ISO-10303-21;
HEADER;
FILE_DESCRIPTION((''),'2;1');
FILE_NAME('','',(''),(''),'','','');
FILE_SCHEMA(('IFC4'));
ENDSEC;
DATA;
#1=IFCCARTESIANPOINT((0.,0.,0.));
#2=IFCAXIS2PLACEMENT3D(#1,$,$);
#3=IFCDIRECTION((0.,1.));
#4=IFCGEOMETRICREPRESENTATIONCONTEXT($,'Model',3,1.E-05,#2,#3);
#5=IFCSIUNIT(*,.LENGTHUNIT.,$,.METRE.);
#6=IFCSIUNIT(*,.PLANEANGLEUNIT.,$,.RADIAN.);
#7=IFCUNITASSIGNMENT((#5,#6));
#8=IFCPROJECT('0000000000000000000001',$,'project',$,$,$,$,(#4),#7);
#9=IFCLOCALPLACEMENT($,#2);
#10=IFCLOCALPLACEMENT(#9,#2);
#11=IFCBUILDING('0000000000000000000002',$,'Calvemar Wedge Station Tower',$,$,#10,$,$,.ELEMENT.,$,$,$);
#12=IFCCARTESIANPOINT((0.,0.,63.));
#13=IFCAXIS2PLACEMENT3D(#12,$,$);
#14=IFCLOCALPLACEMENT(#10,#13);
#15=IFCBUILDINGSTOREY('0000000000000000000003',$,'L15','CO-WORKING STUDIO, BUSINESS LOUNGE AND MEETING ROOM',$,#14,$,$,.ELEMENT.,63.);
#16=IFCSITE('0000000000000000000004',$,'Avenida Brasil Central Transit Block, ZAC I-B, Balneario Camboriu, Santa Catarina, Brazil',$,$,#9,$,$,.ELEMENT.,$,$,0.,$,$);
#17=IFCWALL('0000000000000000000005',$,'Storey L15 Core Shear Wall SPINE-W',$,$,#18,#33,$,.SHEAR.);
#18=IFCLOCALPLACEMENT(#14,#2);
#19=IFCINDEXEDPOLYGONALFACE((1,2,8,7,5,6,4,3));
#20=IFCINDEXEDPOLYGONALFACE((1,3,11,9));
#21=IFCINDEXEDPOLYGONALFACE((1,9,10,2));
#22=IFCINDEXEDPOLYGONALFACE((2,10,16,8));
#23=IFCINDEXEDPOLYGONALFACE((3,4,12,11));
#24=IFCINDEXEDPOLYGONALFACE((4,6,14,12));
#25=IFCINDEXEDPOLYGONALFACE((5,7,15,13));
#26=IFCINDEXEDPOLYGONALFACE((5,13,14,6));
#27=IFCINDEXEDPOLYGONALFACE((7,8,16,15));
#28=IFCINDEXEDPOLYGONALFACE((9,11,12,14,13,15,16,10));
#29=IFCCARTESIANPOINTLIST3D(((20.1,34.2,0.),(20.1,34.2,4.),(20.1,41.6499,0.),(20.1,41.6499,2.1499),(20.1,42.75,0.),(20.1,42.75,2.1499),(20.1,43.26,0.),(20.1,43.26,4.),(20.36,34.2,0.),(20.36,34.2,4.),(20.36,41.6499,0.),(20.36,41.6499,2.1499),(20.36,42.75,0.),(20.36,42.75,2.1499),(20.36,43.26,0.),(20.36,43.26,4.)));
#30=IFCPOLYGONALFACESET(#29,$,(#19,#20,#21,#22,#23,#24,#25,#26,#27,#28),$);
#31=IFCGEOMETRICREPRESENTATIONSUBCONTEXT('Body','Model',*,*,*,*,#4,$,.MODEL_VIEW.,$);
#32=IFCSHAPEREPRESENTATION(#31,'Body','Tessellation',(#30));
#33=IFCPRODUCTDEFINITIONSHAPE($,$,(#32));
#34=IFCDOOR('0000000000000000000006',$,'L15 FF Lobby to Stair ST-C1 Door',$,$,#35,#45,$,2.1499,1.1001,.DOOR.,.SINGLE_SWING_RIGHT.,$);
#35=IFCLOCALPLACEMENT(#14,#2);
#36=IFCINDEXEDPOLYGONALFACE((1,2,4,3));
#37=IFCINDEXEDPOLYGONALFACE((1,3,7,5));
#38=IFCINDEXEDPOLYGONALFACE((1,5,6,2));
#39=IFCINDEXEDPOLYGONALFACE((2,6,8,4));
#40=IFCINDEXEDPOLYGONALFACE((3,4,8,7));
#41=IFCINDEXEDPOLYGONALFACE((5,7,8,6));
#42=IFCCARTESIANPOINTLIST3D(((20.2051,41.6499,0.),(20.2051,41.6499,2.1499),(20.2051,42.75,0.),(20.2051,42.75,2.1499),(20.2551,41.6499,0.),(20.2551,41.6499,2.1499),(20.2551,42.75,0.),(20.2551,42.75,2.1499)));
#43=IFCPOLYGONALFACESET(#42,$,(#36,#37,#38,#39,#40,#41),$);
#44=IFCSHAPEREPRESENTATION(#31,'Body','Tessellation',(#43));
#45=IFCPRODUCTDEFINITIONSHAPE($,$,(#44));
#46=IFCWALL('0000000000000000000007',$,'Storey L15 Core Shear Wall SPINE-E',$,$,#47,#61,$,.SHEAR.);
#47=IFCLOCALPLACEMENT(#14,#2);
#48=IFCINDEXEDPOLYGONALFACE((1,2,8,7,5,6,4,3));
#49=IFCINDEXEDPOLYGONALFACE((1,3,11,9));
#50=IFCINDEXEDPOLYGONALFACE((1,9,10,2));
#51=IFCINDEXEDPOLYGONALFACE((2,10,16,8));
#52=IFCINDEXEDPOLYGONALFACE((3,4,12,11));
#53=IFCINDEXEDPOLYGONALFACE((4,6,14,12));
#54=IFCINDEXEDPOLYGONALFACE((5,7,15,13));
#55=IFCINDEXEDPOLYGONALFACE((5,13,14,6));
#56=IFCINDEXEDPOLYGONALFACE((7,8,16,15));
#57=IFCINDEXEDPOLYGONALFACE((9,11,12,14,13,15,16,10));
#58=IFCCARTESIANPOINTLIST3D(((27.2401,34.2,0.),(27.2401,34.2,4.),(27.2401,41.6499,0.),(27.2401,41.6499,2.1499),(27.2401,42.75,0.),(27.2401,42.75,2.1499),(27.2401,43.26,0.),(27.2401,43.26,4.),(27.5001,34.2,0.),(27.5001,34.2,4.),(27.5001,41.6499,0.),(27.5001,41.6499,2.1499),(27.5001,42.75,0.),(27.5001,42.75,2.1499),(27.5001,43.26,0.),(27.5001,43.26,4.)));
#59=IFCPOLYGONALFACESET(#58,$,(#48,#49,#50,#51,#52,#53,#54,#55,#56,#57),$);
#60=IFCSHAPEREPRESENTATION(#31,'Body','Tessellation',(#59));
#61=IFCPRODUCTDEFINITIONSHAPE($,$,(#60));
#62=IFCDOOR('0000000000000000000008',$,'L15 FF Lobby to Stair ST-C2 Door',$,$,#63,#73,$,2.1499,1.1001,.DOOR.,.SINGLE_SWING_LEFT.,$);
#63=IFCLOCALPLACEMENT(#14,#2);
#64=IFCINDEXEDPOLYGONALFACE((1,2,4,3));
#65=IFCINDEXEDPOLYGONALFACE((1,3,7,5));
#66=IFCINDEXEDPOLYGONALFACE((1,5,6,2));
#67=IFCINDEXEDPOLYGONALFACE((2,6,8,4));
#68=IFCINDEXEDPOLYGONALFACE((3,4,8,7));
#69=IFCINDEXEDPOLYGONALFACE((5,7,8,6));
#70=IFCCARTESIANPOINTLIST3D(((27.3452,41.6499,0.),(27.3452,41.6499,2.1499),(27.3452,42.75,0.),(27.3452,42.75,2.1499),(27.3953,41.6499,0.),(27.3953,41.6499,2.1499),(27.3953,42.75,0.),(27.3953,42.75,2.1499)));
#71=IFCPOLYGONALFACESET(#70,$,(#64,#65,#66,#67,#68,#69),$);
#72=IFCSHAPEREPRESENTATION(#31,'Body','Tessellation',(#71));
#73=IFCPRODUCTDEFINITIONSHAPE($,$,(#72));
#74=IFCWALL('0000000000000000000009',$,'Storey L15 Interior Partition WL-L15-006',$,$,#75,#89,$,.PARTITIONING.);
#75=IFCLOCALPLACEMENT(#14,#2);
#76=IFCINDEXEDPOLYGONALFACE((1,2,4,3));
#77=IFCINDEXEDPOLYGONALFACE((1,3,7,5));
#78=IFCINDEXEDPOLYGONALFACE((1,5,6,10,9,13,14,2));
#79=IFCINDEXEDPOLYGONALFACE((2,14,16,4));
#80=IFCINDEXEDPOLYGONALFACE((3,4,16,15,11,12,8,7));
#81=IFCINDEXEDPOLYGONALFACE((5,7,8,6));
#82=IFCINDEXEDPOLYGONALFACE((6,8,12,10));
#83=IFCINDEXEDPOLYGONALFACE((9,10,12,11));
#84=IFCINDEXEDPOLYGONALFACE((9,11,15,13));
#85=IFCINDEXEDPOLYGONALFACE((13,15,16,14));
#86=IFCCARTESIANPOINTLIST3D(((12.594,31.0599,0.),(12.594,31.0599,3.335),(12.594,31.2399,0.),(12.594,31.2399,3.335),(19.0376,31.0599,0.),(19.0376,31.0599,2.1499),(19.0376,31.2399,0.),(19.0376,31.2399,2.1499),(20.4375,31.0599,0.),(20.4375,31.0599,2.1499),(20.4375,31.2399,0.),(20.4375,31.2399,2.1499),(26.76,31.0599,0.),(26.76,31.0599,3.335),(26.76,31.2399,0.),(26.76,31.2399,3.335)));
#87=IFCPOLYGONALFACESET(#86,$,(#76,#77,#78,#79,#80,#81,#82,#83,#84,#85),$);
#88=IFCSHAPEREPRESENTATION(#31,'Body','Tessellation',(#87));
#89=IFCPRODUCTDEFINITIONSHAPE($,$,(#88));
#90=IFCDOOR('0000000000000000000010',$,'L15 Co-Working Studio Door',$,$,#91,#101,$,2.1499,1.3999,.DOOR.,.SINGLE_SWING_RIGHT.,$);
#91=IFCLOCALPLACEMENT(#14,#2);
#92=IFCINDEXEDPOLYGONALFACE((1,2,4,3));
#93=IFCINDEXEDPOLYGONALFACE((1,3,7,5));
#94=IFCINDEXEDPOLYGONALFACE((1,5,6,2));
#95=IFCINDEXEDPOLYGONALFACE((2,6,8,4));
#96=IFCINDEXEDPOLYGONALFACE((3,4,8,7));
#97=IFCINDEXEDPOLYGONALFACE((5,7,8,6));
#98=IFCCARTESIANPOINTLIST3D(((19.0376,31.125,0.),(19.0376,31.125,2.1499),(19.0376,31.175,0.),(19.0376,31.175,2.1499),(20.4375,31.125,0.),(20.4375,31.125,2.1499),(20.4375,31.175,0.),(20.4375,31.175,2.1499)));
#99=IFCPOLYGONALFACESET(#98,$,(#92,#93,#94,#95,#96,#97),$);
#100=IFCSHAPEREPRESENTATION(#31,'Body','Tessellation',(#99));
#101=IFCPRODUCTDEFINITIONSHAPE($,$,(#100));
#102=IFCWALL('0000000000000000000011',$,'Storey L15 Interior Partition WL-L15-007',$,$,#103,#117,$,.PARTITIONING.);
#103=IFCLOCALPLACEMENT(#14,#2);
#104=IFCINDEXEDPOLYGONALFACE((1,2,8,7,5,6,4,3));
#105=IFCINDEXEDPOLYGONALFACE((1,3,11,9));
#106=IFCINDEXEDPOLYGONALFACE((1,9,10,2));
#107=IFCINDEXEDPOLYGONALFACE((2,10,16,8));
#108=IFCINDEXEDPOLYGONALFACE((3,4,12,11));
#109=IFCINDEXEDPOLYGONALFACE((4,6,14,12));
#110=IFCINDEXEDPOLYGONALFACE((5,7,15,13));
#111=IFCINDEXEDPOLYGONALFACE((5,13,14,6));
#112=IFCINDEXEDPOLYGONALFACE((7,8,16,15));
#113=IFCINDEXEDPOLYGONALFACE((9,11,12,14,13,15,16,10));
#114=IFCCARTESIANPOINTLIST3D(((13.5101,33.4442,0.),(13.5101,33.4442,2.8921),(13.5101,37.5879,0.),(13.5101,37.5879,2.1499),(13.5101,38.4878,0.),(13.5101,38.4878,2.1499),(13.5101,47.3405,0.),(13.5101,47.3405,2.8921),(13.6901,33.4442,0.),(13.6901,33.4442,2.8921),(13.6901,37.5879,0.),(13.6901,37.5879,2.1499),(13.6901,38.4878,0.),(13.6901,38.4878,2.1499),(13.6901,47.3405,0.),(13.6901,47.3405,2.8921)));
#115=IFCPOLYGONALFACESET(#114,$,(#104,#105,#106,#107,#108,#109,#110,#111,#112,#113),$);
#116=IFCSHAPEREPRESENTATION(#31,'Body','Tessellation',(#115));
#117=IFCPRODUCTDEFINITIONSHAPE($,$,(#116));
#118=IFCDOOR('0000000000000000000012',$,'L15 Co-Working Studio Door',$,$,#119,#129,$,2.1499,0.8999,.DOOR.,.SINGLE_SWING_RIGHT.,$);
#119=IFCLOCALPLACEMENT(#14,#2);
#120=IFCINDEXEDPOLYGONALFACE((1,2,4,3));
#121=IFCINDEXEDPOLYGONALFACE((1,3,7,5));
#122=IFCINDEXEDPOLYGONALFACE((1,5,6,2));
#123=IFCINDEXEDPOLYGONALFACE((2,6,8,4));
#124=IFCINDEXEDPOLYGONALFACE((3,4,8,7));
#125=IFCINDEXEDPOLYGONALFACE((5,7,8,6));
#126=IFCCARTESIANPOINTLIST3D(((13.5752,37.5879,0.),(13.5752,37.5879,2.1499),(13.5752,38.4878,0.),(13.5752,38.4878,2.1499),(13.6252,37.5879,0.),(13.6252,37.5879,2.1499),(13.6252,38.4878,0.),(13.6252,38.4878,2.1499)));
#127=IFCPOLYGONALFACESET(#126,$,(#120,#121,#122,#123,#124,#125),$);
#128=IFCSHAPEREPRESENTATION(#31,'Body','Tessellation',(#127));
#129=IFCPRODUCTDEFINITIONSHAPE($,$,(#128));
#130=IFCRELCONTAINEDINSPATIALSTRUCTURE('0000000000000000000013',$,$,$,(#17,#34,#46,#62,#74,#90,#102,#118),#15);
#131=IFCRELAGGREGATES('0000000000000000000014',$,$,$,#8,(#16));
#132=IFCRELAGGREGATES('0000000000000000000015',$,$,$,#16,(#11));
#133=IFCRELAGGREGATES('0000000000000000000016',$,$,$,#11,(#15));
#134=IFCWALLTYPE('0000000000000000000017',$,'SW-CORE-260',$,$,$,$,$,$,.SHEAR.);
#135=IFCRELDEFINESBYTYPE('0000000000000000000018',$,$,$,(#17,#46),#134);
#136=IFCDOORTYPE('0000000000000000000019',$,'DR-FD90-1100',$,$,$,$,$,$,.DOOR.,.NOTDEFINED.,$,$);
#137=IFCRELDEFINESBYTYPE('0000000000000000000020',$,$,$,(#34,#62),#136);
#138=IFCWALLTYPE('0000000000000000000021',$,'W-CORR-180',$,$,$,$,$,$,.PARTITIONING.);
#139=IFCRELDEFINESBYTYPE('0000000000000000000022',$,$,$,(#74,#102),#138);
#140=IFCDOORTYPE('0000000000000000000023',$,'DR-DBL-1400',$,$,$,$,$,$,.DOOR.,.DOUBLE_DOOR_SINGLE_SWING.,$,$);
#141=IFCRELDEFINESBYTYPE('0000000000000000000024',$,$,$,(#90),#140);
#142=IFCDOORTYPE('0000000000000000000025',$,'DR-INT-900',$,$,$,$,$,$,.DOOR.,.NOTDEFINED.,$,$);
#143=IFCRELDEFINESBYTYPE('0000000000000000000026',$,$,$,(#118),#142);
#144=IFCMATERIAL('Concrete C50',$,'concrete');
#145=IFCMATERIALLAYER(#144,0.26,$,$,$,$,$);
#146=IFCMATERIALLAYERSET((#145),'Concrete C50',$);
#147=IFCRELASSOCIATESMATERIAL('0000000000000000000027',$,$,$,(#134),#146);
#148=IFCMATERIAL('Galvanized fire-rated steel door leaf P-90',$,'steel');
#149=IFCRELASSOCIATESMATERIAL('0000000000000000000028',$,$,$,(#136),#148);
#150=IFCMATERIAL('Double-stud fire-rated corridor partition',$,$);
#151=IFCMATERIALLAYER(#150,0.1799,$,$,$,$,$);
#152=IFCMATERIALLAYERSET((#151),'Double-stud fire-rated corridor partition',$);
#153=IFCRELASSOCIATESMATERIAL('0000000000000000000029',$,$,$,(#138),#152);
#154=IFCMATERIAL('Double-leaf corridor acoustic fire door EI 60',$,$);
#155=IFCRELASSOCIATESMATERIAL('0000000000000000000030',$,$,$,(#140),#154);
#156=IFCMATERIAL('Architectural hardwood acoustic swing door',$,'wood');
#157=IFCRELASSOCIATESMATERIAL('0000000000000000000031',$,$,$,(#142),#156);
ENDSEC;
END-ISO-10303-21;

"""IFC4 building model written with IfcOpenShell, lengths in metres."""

from ifc_helpers import new_model, si_unit, direction, frame, frame_2d, origin, place, context, subcontext, project, spatial, rectangle, extrude, source, transform, mapped, material, layer, layer_set, type_object, element, fill, save


model = new_model("IFC4")

# Units and contexts
model_context = context("Model", 3, precision=1e-05, world=origin(), true_north=direction((0.0, 1.0)))
body_context = subcontext(model_context, "Body", "Model", "MODEL_VIEW")
ifc_project = project(units=[si_unit("LENGTHUNIT", "METRE"), si_unit("PLANEANGLEUNIT", "RADIAN")], contexts=[model_context])

# Site, building, storey
site_placement = place(None, origin())
site = spatial("IfcSite", under=ifc_project, at=site_placement, Name="Avenida Brasil Central Transit Block, ZAC I-B, Balneario Camboriu, Santa Catarina, Brazil", CompositionType="ELEMENT", RefElevation=0.0)
building_placement = place(site_placement, origin())
building = spatial("IfcBuilding", under=site, at=building_placement, Name="Calvemar Wedge Station Tower", CompositionType="ELEMENT")
storey_placement = place(building_placement, frame((0.0, 0.0, 63.0)))
storey = spatial("IfcBuildingStorey", under=building, at=storey_placement, Name="L15", Description="CO-WORKING STUDIO, BUSINESS LOUNGE AND MEETING ROOM", CompositionType="ELEMENT", Elevation=63.0)

# Walls, openings, doors
ifc_material_1 = material(Name="Concrete C50", Category="concrete")
ifc_layer_1 = layer(ifc_material_1, 0.26)
ifc_layer_set_1 = layer_set([ifc_layer_1], Name="Concrete C50")
wall_type_1 = type_object("IfcWallType", Name="SW-CORE-260", PredefinedType="SHEAR", material=ifc_layer_set_1)
wall_1_placement = place(storey_placement, frame((20.23, 34.2, 0.0), z_axis=(0.0, 0.0, 1.0), x_axis=(0.0, 1.0, 0.0)))
wall_1 = element("IfcWall", 1, at=wall_1_placement, inside=storey, type_object=wall_type_1, Name="Storey L15 Core Shear Wall SPINE-W", PredefinedType="SHEAR", context=body_context, shape_type="SweptSolid", body=[
    extrude(rectangle(XDim=9.0601, YDim=0.26, at=frame_2d((4.53, 0.0))), origin(), (0.0, 0.0, 1.0), 4.0),
])
shared_shape_1 = source(origin(), body_context, "Body", "SweptSolid", [
    extrude(rectangle(XDim=1.1001, YDim=2.1499, at=frame_2d((0.55, 1.075))), frame((0.0, 0.1401, 0.0), z_axis=(0.0, -1.0, 0.0), x_axis=(1.0, 0.0, 0.0)), (0.0, 0.0, 1.0), 0.28),
])
opening_1_placement = place(wall_1_placement, frame((7.45, 0.0, 0.0)))
opening_1 = element("IfcOpeningElement", 2, at=opening_1_placement, cuts=wall_1, PredefinedType="OPENING", context=body_context, shape_type="MappedRepresentation", body=[
    mapped(shared_shape_1, transform((0.0, 0.0, 0.0), scale=1.0)),
])
ifc_material_2 = material(Name="Galvanized fire-rated steel door leaf P-90", Category="steel")
door_type_1 = type_object("IfcDoorType", Name="DR-FD90-1100", OperationType="NOTDEFINED", PredefinedType="DOOR", material=ifc_material_2)
shared_shape_2 = source(origin(), body_context, "Body", "SweptSolid", [
    extrude(rectangle(XDim=1.1001, YDim=2.1499, at=frame_2d((0.55, 1.075))), frame((0.0, 0.0249, 0.0), z_axis=(0.0, -1.0, 0.0), x_axis=(1.0, 0.0, 0.0)), (0.0, 0.0, 1.0), 0.05),
])
door_1_placement = place(opening_1_placement, origin())
door_1 = element("IfcDoor", 3, at=door_1_placement, inside=storey, type_object=door_type_1, Name="L15 FF Lobby to Stair ST-C1 Door", OperationType="SINGLE_SWING_RIGHT", OverallHeight=2.1499, OverallWidth=1.1001, PredefinedType="DOOR", context=body_context, shape_type="MappedRepresentation", body=[
    mapped(shared_shape_2, transform((0.0, 0.0, 0.0), scale=1.0)),
])
fill(opening_1, door_1)
wall_2_placement = place(storey_placement, frame((27.3701, 34.2, 0.0), z_axis=(0.0, 0.0, 1.0), x_axis=(0.0, 1.0, 0.0)))
wall_2 = element("IfcWall", 4, at=wall_2_placement, inside=storey, type_object=wall_type_1, Name="Storey L15 Core Shear Wall SPINE-E", PredefinedType="SHEAR", context=body_context, shape_type="SweptSolid", body=[
    extrude(rectangle(XDim=9.0601, YDim=0.26, at=frame_2d((4.53, 0.0))), origin(), (0.0, 0.0, 1.0), 4.0),
])
opening_2_placement = place(wall_2_placement, frame((7.45, 0.0, 0.0)))
opening_2 = element("IfcOpeningElement", 5, at=opening_2_placement, cuts=wall_2, PredefinedType="OPENING", context=body_context, shape_type="MappedRepresentation", body=[
    mapped(shared_shape_1, transform((0.0, 0.0, 0.0), scale=1.0)),
])
door_2_placement = place(opening_2_placement, origin())
door_2 = element("IfcDoor", 6, at=door_2_placement, inside=storey, type_object=door_type_1, Name="L15 FF Lobby to Stair ST-C2 Door", OperationType="SINGLE_SWING_LEFT", OverallHeight=2.1499, OverallWidth=1.1001, PredefinedType="DOOR", context=body_context, shape_type="MappedRepresentation", body=[
    mapped(shared_shape_2, transform((0.0, 0.0, 0.0), scale=1.0)),
])
fill(opening_2, door_2)
ifc_material_3 = material(Name="Double-stud fire-rated corridor partition")
ifc_layer_2 = layer(ifc_material_3, 0.1799)
ifc_layer_set_2 = layer_set([ifc_layer_2], Name="Double-stud fire-rated corridor partition")
wall_type_2 = type_object("IfcWallType", Name="W-CORR-180", PredefinedType="PARTITIONING", material=ifc_layer_set_2)
wall_3_placement = place(storey_placement, frame((26.76, 31.1499, 0.0), z_axis=(0.0, 0.0, 1.0), x_axis=(-1.0, 0.0, 0.0)))
wall_3 = element("IfcWall", 7, at=wall_3_placement, inside=storey, type_object=wall_type_2, Name="Storey L15 Interior Partition WL-L15-006", PredefinedType="PARTITIONING", context=body_context, shape_type="SweptSolid", body=[
    extrude(rectangle(XDim=14.166, YDim=0.1799, at=frame_2d((7.083, 0.0))), origin(), (0.0, 0.0, 1.0), 3.335),
])
shared_shape_3 = source(origin(), body_context, "Body", "SweptSolid", [
    extrude(rectangle(XDim=1.3999, YDim=2.1499, at=frame_2d((0.7, 1.075))), frame((0.0, 0.1001, 0.0), z_axis=(0.0, -1.0, 0.0), x_axis=(1.0, 0.0, 0.0)), (0.0, 0.0, 1.0), 0.2),
])
opening_3_placement = place(wall_3_placement, frame((6.3225, 0.0, 0.0)))
opening_3 = element("IfcOpeningElement", 8, at=opening_3_placement, cuts=wall_3, PredefinedType="OPENING", context=body_context, shape_type="MappedRepresentation", body=[
    mapped(shared_shape_3, transform((0.0, 0.0, 0.0), scale=1.0)),
])
ifc_material_4 = material(Name="Double-leaf corridor acoustic fire door EI 60")
door_type_2 = type_object("IfcDoorType", Name="DR-DBL-1400", OperationType="DOUBLE_DOOR_SINGLE_SWING", PredefinedType="DOOR", material=ifc_material_4)
shared_shape_4 = source(origin(), body_context, "Body", "SweptSolid", [
    extrude(rectangle(XDim=1.3999, YDim=2.1499, at=frame_2d((0.7, 1.075))), frame((0.0, 0.0249, 0.0), z_axis=(0.0, -1.0, 0.0), x_axis=(1.0, 0.0, 0.0)), (0.0, 0.0, 1.0), 0.05),
])
door_3_placement = place(opening_3_placement, origin())
door_3 = element("IfcDoor", 9, at=door_3_placement, inside=storey, type_object=door_type_2, Name="L15 Co-Working Studio Door", OperationType="SINGLE_SWING_RIGHT", OverallHeight=2.1499, OverallWidth=1.3999, PredefinedType="DOOR", context=body_context, shape_type="MappedRepresentation", body=[
    mapped(shared_shape_4, transform((0.0, 0.0, 0.0), scale=1.0)),
])
fill(opening_3, door_3)
wall_4_placement = place(storey_placement, frame((13.6001, 33.4441, 0.0), z_axis=(0.0, 0.0, 1.0), x_axis=(0.0, 1.0, 0.0)))
wall_4 = element("IfcWall", 10, at=wall_4_placement, inside=storey, type_object=wall_type_2, Name="Storey L15 Interior Partition WL-L15-007", PredefinedType="PARTITIONING", context=body_context, shape_type="SweptSolid", body=[
    extrude(rectangle(XDim=13.8962, YDim=0.1799, at=frame_2d((6.9482, 0.0))), origin(), (0.0, 0.0, 1.0), 2.8921),
])
shared_shape_5 = source(origin(), body_context, "Body", "SweptSolid", [
    extrude(rectangle(XDim=0.8999, YDim=2.1499, at=frame_2d((0.45, 1.075))), frame((0.0, 0.1001, 0.0), z_axis=(0.0, -1.0, 0.0), x_axis=(1.0, 0.0, 0.0)), (0.0, 0.0, 1.0), 0.2),
])
opening_4_placement = place(wall_4_placement, frame((4.1438, 0.0, 0.0)))
opening_4 = element("IfcOpeningElement", 11, at=opening_4_placement, cuts=wall_4, PredefinedType="OPENING", context=body_context, shape_type="MappedRepresentation", body=[
    mapped(shared_shape_5, transform((0.0, 0.0, 0.0), scale=1.0)),
])
ifc_material_5 = material(Name="Architectural hardwood acoustic swing door", Category="wood")
door_type_3 = type_object("IfcDoorType", Name="DR-INT-900", OperationType="NOTDEFINED", PredefinedType="DOOR", material=ifc_material_5)
shared_shape_6 = source(origin(), body_context, "Body", "SweptSolid", [
    extrude(rectangle(XDim=0.8999, YDim=2.1499, at=frame_2d((0.45, 1.075))), frame((0.0, 0.0249, 0.0), z_axis=(0.0, -1.0, 0.0), x_axis=(1.0, 0.0, 0.0)), (0.0, 0.0, 1.0), 0.05),
])
door_4_placement = place(opening_4_placement, origin())
door_4 = element("IfcDoor", 12, at=door_4_placement, inside=storey, type_object=door_type_3, Name="L15 Co-Working Studio Door", OperationType="SINGLE_SWING_RIGHT", OverallHeight=2.1499, OverallWidth=0.8999, PredefinedType="DOOR", context=body_context, shape_type="MappedRepresentation", body=[
    mapped(shared_shape_6, transform((0.0, 0.0, 0.0), scale=1.0)),
])
fill(opening_4, door_4)

save(model, "model.ifc")
